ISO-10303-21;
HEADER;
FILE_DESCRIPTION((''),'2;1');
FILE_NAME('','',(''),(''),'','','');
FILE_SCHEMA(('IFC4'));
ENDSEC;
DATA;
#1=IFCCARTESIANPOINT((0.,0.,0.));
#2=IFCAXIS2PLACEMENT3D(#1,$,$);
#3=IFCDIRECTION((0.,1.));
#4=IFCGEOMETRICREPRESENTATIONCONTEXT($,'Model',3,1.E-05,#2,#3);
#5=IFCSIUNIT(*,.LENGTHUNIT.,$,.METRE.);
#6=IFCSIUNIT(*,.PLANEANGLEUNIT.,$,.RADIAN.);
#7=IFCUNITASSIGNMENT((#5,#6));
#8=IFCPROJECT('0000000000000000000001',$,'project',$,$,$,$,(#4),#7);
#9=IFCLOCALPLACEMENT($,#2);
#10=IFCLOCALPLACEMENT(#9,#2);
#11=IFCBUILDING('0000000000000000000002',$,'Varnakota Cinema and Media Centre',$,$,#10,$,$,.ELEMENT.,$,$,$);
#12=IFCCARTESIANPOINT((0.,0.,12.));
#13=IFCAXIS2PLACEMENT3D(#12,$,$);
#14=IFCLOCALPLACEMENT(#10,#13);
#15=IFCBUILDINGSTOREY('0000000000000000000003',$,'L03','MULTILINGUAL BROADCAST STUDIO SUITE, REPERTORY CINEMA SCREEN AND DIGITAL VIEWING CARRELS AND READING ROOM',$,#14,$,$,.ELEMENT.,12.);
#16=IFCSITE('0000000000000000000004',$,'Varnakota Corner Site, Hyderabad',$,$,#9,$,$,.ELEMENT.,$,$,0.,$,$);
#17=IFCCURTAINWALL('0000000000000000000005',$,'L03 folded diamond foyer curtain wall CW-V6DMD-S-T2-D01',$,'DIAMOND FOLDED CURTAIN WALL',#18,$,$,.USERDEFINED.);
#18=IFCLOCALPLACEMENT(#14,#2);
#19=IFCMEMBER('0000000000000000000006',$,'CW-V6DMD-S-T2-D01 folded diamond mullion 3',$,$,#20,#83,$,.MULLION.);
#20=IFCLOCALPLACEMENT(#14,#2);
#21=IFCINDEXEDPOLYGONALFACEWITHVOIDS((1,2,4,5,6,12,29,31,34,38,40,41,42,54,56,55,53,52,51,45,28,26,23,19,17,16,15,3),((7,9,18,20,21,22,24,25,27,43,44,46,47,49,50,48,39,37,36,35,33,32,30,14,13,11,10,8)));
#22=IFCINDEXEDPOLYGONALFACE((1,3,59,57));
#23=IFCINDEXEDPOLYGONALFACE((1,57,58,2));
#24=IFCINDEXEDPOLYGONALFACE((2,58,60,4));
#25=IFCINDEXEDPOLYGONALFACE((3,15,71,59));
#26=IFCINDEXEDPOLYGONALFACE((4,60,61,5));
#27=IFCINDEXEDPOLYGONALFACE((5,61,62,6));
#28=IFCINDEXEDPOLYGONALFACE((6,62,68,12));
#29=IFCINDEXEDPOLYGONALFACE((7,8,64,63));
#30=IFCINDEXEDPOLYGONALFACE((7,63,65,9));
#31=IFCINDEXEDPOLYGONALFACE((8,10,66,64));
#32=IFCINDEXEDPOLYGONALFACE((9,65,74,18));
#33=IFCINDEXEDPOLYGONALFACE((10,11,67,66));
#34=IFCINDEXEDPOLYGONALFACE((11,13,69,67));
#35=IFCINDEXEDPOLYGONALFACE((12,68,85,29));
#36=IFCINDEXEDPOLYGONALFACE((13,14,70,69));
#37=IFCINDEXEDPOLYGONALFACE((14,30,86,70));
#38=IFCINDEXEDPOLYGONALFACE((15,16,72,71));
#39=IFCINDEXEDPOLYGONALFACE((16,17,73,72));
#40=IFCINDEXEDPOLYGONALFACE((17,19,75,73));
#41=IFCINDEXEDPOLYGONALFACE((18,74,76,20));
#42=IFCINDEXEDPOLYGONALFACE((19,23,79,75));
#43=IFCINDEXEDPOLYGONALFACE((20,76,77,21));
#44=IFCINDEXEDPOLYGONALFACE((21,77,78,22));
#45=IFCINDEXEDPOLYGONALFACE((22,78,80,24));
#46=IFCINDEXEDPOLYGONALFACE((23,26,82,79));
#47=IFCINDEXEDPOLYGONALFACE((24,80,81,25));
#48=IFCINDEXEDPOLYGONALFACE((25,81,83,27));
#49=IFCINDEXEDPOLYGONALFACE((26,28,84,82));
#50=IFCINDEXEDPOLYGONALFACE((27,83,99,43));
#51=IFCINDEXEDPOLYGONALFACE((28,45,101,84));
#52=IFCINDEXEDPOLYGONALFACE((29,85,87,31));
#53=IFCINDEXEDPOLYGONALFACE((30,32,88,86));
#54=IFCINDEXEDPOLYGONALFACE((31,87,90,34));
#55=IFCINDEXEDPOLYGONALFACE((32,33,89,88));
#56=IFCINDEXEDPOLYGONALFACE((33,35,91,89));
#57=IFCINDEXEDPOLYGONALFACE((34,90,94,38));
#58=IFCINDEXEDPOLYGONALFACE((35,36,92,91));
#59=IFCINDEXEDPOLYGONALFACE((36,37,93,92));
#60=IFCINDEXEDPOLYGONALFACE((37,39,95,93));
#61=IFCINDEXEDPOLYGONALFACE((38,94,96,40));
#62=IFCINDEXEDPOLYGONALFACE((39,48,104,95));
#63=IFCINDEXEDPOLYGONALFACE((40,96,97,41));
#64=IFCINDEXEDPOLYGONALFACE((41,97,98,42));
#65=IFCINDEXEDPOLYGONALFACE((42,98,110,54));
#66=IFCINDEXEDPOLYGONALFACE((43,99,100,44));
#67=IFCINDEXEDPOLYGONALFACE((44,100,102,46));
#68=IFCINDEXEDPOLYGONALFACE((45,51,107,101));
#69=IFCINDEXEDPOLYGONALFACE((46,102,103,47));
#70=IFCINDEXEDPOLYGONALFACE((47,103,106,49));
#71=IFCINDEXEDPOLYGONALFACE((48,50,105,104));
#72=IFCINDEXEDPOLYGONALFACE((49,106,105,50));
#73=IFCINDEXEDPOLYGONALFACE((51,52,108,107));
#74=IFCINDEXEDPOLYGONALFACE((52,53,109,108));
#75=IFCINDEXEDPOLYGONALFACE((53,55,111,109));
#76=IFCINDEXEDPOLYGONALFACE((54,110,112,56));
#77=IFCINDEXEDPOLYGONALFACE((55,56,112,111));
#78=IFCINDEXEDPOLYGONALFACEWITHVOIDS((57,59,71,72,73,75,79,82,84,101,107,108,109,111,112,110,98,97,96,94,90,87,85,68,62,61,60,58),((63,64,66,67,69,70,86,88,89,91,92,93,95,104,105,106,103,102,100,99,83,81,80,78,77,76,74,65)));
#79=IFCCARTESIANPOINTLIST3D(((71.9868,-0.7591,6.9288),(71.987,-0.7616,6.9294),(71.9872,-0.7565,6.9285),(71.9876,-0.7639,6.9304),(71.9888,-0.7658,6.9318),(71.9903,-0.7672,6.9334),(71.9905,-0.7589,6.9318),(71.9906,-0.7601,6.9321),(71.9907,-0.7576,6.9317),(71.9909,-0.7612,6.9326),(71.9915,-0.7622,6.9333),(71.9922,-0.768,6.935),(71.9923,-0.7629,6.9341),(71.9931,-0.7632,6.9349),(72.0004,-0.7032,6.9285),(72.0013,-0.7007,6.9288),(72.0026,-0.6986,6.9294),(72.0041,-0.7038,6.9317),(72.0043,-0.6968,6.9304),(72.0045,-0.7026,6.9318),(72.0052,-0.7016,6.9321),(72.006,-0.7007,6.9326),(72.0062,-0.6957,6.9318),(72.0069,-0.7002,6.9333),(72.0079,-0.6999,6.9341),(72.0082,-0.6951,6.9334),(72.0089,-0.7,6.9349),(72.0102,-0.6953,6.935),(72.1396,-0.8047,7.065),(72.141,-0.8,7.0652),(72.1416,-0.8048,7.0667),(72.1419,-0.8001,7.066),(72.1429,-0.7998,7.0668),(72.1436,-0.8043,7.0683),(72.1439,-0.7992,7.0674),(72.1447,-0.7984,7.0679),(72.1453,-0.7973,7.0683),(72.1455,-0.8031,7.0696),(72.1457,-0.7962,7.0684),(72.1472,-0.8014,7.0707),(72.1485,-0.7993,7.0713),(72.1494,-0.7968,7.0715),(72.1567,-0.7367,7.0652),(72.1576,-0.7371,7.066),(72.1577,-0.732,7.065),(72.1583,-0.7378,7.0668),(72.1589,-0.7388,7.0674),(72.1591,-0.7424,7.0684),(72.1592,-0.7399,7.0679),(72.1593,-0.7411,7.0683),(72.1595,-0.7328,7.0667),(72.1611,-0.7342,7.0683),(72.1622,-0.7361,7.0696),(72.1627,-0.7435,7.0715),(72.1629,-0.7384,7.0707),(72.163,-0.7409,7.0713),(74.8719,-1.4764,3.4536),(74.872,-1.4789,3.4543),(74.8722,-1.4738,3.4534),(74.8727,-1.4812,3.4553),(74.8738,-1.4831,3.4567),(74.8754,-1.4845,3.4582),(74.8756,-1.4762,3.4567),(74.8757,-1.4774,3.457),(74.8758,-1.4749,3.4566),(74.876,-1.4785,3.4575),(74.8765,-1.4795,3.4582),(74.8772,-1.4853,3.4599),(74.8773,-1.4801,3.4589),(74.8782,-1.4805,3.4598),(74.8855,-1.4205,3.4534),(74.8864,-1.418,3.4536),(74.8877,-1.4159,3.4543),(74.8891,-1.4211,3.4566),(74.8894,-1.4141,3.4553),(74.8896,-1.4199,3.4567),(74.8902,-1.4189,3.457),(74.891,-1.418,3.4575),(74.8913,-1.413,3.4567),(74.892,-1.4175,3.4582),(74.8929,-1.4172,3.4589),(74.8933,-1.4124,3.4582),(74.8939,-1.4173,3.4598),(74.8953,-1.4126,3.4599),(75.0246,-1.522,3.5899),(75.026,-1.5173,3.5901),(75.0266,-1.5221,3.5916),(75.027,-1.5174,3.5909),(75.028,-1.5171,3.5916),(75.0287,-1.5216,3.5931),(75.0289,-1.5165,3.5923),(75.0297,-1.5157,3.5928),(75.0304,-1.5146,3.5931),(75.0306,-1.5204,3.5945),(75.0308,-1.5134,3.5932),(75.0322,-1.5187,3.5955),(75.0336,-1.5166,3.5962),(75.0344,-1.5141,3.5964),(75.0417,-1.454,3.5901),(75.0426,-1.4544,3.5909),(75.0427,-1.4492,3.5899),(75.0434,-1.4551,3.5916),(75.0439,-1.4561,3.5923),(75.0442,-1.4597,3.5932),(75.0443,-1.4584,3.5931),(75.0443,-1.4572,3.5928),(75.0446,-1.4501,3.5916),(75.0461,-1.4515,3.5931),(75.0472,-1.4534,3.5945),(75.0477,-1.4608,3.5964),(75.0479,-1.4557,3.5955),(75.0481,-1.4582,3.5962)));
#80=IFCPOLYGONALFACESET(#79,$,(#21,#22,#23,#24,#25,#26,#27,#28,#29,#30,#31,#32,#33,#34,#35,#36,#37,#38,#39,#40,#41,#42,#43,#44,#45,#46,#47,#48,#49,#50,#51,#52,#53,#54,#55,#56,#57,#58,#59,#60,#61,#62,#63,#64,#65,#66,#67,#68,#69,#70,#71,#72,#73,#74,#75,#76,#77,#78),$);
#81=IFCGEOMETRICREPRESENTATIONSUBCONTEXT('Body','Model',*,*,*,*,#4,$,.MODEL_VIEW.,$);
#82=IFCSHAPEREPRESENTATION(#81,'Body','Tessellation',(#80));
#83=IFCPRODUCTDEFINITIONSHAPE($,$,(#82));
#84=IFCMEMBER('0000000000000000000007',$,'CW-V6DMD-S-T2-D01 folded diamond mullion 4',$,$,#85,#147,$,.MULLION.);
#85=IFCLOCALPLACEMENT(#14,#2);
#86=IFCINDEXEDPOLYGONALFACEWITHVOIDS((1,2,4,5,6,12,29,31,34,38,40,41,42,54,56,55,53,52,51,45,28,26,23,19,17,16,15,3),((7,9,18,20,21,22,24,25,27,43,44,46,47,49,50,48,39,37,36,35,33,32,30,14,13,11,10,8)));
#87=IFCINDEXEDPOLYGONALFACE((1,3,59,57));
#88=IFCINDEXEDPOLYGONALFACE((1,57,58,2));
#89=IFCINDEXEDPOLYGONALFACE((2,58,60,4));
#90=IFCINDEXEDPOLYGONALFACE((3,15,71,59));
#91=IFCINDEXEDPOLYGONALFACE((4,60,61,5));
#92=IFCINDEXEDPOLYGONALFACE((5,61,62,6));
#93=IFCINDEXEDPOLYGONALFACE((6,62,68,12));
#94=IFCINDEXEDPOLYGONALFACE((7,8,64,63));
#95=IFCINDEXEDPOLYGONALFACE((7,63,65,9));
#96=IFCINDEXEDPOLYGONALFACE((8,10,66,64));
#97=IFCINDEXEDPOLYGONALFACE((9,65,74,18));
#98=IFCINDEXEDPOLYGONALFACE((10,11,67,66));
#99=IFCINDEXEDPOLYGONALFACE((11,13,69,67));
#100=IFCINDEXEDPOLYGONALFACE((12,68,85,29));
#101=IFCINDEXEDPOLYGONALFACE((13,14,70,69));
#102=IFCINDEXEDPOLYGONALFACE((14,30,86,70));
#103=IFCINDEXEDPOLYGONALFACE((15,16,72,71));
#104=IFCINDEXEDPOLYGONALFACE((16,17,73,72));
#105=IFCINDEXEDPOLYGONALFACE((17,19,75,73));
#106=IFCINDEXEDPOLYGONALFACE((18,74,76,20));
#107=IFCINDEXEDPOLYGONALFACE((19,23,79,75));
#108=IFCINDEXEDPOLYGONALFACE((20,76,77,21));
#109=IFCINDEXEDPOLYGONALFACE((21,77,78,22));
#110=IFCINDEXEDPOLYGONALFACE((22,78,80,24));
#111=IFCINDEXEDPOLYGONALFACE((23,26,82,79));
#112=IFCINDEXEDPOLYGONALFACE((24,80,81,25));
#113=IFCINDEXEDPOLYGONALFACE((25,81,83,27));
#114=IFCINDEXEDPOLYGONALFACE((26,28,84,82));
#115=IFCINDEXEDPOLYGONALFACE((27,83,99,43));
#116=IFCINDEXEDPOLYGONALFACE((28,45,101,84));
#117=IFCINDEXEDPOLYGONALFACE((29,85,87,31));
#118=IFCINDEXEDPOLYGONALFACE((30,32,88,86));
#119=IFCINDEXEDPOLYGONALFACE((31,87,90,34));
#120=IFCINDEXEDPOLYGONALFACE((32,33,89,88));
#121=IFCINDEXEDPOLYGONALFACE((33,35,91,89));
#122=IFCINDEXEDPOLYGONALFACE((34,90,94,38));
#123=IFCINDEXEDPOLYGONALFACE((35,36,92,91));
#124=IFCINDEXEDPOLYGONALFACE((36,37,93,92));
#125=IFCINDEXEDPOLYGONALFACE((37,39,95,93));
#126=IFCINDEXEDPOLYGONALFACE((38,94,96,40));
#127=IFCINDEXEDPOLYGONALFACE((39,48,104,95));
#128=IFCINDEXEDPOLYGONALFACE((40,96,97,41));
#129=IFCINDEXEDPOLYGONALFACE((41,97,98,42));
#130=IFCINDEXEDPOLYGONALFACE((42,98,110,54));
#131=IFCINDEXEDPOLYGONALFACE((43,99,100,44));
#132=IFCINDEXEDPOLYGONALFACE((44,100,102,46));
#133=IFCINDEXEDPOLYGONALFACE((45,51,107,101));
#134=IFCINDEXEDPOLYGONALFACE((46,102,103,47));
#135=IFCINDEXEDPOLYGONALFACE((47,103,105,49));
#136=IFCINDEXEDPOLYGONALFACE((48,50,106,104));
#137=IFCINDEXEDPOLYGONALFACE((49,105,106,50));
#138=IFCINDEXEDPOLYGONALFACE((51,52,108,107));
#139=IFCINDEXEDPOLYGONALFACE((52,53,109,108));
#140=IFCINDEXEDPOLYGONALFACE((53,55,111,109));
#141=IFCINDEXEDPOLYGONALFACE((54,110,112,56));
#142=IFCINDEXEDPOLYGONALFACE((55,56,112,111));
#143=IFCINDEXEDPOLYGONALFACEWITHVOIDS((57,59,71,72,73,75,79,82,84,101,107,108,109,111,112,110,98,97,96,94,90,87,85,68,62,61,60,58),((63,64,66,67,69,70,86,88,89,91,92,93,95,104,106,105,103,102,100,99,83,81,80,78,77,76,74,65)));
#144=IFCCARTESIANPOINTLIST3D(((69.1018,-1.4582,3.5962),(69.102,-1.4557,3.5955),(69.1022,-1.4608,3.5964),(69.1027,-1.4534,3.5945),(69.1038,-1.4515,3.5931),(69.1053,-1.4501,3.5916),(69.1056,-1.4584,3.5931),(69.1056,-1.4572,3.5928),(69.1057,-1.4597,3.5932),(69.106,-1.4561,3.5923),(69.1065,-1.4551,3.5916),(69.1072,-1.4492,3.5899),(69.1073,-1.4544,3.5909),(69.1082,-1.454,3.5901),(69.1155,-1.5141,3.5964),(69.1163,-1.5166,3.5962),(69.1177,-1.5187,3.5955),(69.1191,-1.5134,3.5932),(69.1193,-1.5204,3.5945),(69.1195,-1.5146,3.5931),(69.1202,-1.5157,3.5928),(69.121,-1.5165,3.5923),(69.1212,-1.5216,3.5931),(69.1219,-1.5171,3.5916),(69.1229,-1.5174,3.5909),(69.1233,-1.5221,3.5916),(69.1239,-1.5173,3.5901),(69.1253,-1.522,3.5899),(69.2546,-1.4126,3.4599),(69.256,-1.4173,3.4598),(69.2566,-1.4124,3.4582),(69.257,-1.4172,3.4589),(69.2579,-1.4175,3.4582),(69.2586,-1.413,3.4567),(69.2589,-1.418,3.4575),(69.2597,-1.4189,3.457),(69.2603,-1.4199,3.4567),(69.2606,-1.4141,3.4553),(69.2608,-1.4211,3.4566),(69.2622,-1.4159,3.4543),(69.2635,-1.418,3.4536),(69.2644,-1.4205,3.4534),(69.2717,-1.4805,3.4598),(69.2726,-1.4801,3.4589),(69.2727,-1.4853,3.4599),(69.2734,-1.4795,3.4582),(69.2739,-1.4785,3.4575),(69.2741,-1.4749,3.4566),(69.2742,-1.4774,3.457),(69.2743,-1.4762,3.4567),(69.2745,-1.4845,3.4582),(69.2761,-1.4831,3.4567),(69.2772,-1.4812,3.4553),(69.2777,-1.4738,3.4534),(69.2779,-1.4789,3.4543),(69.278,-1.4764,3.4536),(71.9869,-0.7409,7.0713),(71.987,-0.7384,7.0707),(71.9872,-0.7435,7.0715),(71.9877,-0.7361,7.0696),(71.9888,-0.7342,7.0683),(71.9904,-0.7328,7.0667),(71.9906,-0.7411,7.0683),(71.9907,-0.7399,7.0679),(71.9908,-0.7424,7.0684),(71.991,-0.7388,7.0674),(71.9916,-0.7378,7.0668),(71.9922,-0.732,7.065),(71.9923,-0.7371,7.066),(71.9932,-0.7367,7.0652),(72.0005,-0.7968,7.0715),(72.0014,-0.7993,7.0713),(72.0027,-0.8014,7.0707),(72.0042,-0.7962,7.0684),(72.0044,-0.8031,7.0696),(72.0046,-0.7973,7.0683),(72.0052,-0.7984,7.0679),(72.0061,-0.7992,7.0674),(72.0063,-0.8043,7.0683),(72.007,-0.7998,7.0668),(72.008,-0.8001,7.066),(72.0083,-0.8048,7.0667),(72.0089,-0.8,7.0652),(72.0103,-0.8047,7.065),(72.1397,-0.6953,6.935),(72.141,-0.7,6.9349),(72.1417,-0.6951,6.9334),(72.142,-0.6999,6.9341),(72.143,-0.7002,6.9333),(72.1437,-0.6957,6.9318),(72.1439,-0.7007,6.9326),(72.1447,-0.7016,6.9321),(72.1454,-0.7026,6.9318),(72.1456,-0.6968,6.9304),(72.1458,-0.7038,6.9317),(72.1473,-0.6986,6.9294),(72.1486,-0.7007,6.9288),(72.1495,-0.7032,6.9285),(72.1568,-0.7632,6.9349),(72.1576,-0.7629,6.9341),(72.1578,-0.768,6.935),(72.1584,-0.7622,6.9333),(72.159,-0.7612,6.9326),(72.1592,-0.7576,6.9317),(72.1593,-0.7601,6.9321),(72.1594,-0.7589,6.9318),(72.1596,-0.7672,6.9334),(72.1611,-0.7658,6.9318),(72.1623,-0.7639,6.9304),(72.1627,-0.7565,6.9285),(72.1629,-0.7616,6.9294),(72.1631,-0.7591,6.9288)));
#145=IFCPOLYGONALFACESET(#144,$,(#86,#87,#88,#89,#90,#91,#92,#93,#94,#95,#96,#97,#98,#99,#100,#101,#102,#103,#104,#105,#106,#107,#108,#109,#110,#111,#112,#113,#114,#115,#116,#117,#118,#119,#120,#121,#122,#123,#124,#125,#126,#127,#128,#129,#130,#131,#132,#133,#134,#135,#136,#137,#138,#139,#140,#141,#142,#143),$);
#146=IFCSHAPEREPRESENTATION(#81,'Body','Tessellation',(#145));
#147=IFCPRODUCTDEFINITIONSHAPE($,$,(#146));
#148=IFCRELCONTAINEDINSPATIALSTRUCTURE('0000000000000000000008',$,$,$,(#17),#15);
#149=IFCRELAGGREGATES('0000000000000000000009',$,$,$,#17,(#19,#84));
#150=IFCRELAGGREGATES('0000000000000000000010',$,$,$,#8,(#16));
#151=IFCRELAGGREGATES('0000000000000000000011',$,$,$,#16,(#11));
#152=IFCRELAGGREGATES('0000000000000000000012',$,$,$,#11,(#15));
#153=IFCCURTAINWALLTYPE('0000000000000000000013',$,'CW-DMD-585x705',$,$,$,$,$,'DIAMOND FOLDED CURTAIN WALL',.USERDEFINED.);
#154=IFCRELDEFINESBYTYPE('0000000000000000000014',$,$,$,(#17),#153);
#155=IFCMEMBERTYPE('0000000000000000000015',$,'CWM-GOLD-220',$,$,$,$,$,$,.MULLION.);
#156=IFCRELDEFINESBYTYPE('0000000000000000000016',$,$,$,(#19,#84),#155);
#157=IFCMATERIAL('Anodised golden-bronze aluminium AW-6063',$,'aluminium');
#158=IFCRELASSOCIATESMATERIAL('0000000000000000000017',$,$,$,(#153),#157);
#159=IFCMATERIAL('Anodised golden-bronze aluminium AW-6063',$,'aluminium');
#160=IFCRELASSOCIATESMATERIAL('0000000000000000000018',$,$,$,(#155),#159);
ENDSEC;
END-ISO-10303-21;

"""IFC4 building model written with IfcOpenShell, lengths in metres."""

from ifc_helpers import new_model, si_unit, direction, frame, origin, origin_2d, place, context, subcontext, project, spatial, hollow_rectangle, extrude, material, material_profile, profile_set, type_object, element, aggregate, save


model = new_model("IFC4")

# Units and contexts
model_context = context("Model", 3, precision=1e-05, world=origin(), true_north=direction((0.0, 1.0)))
body_context = subcontext(model_context, "Body", "Model", "MODEL_VIEW")
ifc_project = project(units=[si_unit("LENGTHUNIT", "METRE"), si_unit("PLANEANGLEUNIT", "RADIAN")], contexts=[model_context])

# Site, building, storey
site_placement = place(None, origin())
site = spatial("IfcSite", under=ifc_project, at=site_placement, Name="Varnakota Corner Site, Hyderabad", CompositionType="ELEMENT", RefElevation=0.0)
building_placement = place(site_placement, origin())
building = spatial("IfcBuilding", under=site, at=building_placement, Name="Varnakota Cinema and Media Centre", CompositionType="ELEMENT")
storey_placement = place(building_placement, frame((0.0, 0.0, 12.0)))
storey = spatial("IfcBuildingStorey", under=building, at=storey_placement, Name="L03", Description="MULTILINGUAL BROADCAST STUDIO SUITE, REPERTORY CINEMA SCREEN AND DIGITAL VIEWING CARRELS AND READING ROOM", CompositionType="ELEMENT", Elevation=12.0)

# Curtain wall, members
ifc_material_1 = material(Name="Anodised golden-bronze aluminium AW-6063", Category="aluminium")
curtain_wall_type = type_object("IfcCurtainWallType", Name="CW-DMD-585x705", ElementType="DIAMOND FOLDED CURTAIN WALL", PredefinedType="USERDEFINED", material=ifc_material_1)
curtain_wall_1_placement = place(storey_placement, origin())
curtain_wall_1 = element("IfcCurtainWall", 1, at=curtain_wall_1_placement, inside=storey, type_object=curtain_wall_type, Name="L03 folded diamond foyer curtain wall CW-V6DMD-S-T2-D01", ObjectType="DIAMOND FOLDED CURTAIN WALL", PredefinedType="USERDEFINED")
ifc_material_2 = material(Name="Anodised golden-bronze aluminium AW-6063", Category="aluminium")
ifc_material_profile_1 = material_profile(ifc_material_2, hollow_rectangle(XDim=0.075, YDim=0.22, WallThickness=0.0049, InnerFilletRadius=0.0049, OuterFilletRadius=0.01, at=origin_2d()), Name="AL-MULLION 220x75x5")
ifc_profile_set_1 = profile_set([ifc_material_profile_1], Name="Anodised golden-bronze aluminium AW-6063")
member_type_1 = type_object("IfcMemberType", Name="CWM-GOLD-220", PredefinedType="MULLION", material=ifc_profile_set_1)
member_1_placement = place(storey_placement, frame((74.96, -1.4673, 3.5249), z_axis=(-0.630853, 0.156846, 0.759885), x_axis=(-0.241279, -0.970456, 0.0)))
member_1 = element("IfcMember", 2, at=member_1_placement, type_object=member_type_1, Name="CW-V6DMD-S-T2-D01 folded diamond mullion 3", PredefinedType="MULLION", context=body_context, shape_type="SweptSolid", body=[
    extrude(hollow_rectangle(XDim=0.075, YDim=0.22, WallThickness=0.0049, InnerFilletRadius=0.0049, OuterFilletRadius=0.01, at=origin_2d()), origin(), (0.0, 0.0, 1.0), 4.5732),
])
member_2_placement = place(storey_placement, frame((69.1899, -1.4673, 3.5249), z_axis=(0.630853, 0.156846, 0.759885), x_axis=(-0.241279, 0.970456, 0.0)))
member_2 = element("IfcMember", 3, at=member_2_placement, type_object=member_type_1, Name="CW-V6DMD-S-T2-D01 folded diamond mullion 4", PredefinedType="MULLION", context=body_context, shape_type="SweptSolid", body=[
    extrude(hollow_rectangle(XDim=0.075, YDim=0.22, WallThickness=0.0049, InnerFilletRadius=0.0049, OuterFilletRadius=0.01, at=origin_2d()), origin(), (0.0, 0.0, 1.0), 4.5732),
])

aggregate(curtain_wall_1, [member_1, member_2])

save(model, "model.ifc")
